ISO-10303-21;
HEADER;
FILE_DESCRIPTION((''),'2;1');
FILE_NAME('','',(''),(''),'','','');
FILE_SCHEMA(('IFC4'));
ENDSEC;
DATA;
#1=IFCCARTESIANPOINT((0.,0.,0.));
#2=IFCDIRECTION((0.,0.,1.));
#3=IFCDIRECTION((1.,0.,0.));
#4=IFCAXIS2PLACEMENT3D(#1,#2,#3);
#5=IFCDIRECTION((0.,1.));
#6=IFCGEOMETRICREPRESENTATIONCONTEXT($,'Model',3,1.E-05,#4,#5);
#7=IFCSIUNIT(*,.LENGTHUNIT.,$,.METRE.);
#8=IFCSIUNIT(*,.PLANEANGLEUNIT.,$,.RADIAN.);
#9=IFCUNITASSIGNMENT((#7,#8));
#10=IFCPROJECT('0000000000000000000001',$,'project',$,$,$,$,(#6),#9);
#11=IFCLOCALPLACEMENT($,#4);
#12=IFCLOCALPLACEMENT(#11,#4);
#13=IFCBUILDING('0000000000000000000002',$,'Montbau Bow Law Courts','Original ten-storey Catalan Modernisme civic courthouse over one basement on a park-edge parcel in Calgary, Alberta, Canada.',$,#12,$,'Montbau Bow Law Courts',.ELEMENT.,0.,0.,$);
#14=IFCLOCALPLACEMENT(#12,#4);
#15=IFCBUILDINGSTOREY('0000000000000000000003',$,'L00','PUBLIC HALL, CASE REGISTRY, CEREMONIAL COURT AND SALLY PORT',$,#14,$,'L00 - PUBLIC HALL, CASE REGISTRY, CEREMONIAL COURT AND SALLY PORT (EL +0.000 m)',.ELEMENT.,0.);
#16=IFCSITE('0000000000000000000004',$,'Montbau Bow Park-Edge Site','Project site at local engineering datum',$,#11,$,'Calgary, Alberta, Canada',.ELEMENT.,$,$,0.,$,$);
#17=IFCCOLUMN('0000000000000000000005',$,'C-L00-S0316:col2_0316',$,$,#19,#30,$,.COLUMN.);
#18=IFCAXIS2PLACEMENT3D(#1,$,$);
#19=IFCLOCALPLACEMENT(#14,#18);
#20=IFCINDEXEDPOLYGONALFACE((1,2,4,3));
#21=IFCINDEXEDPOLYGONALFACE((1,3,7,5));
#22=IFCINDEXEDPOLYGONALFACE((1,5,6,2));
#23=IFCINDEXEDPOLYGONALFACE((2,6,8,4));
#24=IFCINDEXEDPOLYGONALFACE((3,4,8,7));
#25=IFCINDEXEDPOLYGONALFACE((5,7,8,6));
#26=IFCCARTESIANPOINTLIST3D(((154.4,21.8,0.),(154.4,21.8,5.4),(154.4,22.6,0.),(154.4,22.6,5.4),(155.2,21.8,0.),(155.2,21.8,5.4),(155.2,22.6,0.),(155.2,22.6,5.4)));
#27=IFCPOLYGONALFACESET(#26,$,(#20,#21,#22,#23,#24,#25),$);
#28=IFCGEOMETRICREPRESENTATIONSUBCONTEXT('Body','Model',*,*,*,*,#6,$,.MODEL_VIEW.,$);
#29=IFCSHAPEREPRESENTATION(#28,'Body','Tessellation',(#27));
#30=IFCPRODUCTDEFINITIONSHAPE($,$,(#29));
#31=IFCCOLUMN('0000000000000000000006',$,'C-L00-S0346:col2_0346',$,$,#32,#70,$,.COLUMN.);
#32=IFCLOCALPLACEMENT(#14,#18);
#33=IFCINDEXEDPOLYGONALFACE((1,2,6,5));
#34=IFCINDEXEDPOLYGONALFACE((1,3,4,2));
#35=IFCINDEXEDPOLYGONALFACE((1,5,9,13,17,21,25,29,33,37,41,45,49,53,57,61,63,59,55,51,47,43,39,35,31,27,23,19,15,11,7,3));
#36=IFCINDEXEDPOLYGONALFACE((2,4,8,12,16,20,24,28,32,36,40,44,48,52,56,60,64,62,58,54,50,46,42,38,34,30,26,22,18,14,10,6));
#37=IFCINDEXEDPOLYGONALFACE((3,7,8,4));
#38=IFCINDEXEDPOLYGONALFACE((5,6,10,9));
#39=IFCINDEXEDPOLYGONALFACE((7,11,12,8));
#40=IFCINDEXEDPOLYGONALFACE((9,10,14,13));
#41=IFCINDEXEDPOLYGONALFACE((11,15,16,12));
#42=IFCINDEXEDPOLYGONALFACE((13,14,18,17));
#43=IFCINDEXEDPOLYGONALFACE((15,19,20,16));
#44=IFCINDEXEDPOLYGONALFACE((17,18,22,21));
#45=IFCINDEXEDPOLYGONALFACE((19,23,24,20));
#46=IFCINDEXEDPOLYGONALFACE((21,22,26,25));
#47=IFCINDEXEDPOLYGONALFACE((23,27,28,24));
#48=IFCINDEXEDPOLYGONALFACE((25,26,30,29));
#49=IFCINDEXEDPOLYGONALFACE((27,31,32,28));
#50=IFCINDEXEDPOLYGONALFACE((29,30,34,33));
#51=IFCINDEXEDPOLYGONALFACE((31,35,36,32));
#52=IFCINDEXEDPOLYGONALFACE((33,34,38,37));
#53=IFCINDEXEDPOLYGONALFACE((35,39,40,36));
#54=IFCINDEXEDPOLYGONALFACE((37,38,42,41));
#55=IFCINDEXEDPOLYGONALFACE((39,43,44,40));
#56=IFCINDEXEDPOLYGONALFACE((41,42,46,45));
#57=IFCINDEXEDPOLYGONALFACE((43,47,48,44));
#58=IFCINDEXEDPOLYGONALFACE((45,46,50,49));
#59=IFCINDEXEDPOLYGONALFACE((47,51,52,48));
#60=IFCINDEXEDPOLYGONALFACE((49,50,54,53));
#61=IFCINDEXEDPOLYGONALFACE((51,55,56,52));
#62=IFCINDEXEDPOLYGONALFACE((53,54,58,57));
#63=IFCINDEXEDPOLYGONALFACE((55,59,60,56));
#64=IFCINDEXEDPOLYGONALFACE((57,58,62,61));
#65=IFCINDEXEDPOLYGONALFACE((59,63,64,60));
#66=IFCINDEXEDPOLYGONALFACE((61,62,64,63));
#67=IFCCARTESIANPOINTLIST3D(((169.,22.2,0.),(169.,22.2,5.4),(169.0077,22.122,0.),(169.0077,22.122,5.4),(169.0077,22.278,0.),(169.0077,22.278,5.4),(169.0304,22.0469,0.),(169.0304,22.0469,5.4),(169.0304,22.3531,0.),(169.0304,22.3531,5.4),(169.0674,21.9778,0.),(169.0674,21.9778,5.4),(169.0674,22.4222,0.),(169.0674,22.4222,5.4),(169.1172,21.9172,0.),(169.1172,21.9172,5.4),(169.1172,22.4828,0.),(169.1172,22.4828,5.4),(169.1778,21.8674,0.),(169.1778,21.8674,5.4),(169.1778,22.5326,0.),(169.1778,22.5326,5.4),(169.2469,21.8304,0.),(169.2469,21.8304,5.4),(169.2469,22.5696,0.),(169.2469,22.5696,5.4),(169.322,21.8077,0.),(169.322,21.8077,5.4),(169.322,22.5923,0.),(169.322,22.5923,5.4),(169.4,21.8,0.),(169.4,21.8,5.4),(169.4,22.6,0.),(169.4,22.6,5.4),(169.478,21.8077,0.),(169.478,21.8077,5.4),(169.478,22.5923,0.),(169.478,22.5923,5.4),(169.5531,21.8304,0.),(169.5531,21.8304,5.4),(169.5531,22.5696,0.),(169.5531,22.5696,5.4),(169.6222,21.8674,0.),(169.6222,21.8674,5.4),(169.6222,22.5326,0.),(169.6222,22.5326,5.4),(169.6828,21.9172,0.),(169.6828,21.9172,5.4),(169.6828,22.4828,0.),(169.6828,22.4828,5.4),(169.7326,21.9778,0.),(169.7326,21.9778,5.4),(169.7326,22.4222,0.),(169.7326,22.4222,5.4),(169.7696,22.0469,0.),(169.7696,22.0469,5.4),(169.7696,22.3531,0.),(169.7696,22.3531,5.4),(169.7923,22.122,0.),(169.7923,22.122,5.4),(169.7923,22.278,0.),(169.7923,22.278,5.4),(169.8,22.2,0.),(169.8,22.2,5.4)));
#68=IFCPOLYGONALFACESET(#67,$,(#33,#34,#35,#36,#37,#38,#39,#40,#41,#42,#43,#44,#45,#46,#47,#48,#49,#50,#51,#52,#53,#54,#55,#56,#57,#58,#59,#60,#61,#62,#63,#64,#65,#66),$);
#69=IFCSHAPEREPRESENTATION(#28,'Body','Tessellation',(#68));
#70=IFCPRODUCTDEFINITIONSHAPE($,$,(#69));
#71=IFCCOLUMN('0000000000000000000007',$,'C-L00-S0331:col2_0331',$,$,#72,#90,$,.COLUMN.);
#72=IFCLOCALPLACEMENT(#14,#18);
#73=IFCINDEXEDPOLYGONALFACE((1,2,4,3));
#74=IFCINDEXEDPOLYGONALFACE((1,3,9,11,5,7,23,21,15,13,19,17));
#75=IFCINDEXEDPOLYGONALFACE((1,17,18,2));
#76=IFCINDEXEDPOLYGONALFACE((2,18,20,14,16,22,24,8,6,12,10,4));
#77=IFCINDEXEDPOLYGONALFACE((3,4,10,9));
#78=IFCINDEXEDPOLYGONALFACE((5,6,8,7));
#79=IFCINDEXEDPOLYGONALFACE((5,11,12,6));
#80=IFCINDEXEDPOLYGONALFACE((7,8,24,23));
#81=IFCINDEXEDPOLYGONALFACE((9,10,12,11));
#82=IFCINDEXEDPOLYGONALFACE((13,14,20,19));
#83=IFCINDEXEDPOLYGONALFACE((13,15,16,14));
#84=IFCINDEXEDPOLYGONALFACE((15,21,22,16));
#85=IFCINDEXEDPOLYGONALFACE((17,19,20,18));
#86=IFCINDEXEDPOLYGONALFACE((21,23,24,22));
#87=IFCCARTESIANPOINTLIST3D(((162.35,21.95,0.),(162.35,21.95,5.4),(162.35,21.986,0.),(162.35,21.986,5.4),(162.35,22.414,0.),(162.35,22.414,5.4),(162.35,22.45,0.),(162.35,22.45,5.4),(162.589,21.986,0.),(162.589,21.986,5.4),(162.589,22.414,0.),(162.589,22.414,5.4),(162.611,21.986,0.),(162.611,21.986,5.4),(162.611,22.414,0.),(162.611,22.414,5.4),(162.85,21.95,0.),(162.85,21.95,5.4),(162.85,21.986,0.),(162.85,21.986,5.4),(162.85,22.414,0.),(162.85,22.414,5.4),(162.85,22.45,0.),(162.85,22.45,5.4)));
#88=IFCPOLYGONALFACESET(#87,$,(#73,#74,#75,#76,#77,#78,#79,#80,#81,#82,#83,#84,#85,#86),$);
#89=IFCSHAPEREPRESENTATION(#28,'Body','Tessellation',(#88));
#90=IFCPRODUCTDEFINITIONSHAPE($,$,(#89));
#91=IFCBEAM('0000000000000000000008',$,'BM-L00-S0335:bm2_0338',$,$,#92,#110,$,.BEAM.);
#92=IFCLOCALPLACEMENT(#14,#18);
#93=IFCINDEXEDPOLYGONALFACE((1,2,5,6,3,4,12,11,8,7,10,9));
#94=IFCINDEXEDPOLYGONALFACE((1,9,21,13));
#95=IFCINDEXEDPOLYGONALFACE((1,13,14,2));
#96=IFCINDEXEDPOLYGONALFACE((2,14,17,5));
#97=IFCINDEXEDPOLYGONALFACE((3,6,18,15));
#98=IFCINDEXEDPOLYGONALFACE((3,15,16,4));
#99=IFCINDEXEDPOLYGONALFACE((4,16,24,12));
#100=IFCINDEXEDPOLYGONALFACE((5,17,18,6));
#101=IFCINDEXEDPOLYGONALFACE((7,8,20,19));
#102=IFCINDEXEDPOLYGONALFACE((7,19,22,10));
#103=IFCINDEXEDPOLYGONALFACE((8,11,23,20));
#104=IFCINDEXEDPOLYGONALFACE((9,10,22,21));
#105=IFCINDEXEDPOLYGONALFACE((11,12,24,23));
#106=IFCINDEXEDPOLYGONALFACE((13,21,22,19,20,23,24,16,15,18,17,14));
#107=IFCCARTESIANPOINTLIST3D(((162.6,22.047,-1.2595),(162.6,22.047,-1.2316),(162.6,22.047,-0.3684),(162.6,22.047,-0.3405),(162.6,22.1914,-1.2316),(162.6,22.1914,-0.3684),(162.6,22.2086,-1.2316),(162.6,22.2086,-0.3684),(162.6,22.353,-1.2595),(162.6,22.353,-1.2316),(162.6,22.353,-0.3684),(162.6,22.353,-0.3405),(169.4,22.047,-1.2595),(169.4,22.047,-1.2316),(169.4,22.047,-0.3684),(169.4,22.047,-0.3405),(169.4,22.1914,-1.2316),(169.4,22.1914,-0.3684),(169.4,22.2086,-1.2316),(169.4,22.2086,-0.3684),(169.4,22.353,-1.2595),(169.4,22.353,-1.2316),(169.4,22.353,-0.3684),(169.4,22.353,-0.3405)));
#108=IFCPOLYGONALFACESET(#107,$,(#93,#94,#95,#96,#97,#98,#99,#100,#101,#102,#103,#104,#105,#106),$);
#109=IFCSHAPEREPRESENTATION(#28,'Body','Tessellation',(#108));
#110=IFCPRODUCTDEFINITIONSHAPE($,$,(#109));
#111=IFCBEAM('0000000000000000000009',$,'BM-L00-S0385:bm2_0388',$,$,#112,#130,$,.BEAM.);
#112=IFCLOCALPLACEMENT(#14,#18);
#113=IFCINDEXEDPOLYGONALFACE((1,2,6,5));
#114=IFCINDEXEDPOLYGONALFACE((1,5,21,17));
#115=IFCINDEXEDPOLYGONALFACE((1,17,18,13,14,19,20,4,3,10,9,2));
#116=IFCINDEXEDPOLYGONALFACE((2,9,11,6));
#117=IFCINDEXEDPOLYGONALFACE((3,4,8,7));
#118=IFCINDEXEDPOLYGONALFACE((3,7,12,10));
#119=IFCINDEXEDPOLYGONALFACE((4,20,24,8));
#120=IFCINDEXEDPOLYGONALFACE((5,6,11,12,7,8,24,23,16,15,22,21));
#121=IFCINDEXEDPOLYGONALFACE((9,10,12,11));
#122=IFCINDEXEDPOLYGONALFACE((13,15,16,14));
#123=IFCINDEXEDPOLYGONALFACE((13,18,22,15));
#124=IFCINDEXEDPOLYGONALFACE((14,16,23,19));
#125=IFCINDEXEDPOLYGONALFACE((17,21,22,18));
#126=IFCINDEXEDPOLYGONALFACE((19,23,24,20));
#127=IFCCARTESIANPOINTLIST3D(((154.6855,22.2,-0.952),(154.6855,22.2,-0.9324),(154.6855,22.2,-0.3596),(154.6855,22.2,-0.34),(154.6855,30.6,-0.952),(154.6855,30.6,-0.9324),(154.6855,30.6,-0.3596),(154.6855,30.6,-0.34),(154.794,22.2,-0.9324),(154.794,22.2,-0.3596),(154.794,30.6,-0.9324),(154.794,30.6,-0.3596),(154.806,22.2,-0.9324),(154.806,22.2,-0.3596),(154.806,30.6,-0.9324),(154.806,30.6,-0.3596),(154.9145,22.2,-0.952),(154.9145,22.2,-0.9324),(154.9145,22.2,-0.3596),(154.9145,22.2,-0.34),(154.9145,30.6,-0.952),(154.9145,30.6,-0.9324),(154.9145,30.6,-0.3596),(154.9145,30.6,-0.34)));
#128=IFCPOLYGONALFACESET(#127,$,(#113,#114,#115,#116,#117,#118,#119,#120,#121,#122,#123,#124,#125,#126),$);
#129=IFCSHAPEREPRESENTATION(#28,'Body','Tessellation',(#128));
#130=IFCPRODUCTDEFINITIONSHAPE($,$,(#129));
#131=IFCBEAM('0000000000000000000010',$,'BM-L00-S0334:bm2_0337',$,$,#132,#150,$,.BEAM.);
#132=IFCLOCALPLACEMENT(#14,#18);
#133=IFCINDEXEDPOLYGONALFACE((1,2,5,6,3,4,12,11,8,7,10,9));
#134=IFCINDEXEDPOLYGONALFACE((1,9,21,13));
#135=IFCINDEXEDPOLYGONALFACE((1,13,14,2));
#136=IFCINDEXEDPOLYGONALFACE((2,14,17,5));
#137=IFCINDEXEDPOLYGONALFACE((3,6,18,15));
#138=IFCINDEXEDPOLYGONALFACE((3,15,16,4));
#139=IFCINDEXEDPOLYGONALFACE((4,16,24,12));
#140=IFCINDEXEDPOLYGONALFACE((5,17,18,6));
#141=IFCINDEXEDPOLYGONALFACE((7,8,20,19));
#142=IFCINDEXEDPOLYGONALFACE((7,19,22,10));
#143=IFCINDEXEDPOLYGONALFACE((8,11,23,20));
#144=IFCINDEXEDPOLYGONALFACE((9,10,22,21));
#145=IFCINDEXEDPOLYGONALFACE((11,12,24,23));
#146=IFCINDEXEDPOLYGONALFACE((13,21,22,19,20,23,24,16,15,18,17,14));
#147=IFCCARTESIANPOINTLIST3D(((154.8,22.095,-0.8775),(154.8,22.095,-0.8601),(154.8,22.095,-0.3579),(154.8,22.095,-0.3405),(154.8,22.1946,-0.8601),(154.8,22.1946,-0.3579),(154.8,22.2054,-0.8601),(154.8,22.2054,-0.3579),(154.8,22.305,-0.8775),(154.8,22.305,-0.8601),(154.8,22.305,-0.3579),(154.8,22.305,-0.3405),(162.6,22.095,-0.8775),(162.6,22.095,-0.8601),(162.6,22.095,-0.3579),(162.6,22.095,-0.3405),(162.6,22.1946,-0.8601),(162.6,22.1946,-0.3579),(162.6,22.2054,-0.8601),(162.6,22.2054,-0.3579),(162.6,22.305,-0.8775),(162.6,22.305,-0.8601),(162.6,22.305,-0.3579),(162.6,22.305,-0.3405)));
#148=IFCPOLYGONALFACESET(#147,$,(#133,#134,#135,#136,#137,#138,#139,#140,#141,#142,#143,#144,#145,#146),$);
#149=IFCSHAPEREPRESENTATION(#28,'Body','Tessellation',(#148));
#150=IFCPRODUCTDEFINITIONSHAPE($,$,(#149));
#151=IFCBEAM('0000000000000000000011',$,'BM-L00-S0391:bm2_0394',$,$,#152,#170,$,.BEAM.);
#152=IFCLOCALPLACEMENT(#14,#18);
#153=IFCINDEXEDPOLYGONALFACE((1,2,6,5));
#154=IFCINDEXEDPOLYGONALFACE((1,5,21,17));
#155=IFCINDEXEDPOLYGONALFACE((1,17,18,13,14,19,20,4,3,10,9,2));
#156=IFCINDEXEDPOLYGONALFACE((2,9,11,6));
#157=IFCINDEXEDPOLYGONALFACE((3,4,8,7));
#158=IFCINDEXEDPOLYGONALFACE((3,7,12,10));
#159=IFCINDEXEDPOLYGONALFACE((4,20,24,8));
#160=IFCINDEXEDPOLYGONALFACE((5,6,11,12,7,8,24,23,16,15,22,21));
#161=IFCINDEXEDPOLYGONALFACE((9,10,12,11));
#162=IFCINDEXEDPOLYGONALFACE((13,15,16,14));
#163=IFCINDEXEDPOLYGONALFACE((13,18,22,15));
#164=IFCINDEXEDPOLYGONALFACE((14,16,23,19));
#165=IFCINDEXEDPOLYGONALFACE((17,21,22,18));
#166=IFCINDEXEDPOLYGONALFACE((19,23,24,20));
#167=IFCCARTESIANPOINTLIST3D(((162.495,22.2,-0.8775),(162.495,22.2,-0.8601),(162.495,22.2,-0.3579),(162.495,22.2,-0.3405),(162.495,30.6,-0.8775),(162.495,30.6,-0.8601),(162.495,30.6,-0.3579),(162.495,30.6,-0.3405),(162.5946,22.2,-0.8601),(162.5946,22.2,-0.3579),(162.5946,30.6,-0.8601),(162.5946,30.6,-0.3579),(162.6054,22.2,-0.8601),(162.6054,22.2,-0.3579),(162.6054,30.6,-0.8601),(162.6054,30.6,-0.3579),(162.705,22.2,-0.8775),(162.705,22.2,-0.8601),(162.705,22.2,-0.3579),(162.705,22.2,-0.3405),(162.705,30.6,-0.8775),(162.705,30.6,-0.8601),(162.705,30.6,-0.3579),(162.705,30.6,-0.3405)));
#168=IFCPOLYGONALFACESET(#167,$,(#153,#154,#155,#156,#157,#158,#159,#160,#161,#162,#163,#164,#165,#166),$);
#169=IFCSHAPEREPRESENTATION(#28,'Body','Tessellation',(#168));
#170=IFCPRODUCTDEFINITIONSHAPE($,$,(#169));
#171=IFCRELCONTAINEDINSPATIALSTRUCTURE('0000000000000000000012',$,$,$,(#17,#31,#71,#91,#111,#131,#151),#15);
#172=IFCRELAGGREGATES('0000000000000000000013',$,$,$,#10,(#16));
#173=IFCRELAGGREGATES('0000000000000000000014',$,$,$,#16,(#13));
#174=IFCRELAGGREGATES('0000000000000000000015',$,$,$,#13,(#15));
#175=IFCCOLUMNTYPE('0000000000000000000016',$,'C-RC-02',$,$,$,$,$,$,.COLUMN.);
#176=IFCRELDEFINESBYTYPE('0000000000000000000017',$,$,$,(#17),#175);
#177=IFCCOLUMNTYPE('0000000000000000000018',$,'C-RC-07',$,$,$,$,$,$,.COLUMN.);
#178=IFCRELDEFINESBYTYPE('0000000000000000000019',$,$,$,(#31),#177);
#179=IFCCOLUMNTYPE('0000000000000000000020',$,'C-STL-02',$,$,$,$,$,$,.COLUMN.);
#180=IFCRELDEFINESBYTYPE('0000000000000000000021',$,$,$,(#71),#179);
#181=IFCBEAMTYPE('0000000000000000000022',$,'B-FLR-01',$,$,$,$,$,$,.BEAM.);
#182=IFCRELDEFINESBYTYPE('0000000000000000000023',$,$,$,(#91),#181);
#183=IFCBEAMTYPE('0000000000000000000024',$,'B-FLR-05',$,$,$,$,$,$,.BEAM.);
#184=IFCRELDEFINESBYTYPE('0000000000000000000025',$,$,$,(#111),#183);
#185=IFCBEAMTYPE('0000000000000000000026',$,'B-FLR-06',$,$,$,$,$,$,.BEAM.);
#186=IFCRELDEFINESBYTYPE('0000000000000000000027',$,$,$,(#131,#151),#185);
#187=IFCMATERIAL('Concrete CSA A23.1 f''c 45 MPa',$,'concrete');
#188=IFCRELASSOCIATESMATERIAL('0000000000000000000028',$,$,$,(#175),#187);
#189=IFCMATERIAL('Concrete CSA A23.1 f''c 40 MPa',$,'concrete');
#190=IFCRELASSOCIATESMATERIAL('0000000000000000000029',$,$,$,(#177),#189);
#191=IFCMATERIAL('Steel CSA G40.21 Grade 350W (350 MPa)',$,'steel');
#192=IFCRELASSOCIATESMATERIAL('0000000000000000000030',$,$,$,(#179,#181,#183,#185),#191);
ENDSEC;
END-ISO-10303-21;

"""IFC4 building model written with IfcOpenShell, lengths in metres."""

from ifc_helpers import new_model, si_unit, direction, frame, origin_with_axes, origin_2d_with_axis, place, context, subcontext, project, spatial, rectangle, circle, i_section, extrude, material, material_profile, profile_set, type_object, element, save


model = new_model("IFC4")

# Units and contexts
model_context = context("Model", 3, precision=1e-05, world=origin_with_axes(), true_north=direction((0.0, 1.0)))
body_context = subcontext(model_context, "Body", "Model", "MODEL_VIEW")
ifc_project = project(units=[si_unit("LENGTHUNIT", "METRE"), si_unit("PLANEANGLEUNIT", "RADIAN")], contexts=[model_context])

# Site, building, storey
site_placement = place(None, origin_with_axes())
site = spatial("IfcSite", under=ifc_project, at=site_placement, Name="Montbau Bow Park-Edge Site", Description="Project site at local engineering datum", LongName="Calgary, Alberta, Canada", CompositionType="ELEMENT", RefElevation=0.0)
building_placement = place(site_placement, origin_with_axes())
building = spatial("IfcBuilding", under=site, at=building_placement, Name="Montbau Bow Law Courts", Description="Original ten-storey Catalan Modernisme civic courthouse over one basement on a park-edge parcel in Calgary, Alberta, Canada.", LongName="Montbau Bow Law Courts", CompositionType="ELEMENT", ElevationOfRefHeight=0.0, ElevationOfTerrain=0.0)
storey_placement = place(building_placement, origin_with_axes())
storey = spatial("IfcBuildingStorey", under=building, at=storey_placement, Name="L00", Description="PUBLIC HALL, CASE REGISTRY, CEREMONIAL COURT AND SALLY PORT", LongName="L00 - PUBLIC HALL, CASE REGISTRY, CEREMONIAL COURT AND SALLY PORT (EL +0.000 m)", CompositionType="ELEMENT", Elevation=0.0)

# Columns
ifc_material_1 = material(Name="Concrete CSA A23.1 f'c 45 MPa", Category="concrete")
ifc_material_profile_1 = material_profile(ifc_material_1, rectangle(XDim=0.8, YDim=0.8, at=origin_2d_with_axis()), Name="RC800X800", Category="Main", Priority=0)
ifc_profile_set_1 = profile_set([ifc_material_profile_1], Name="Concrete CSA A23.1 f'c 45 MPa")
column_type_1 = type_object("IfcColumnType", Name="C-RC-02", PredefinedType="COLUMN", material=ifc_profile_set_1)
column_1_placement = place(None, frame((154.8, 22.2, 0.0), z_axis=(0.0, 0.0, 1.0), x_axis=(1.0, 0.0, 0.0)))
element("IfcColumn", 1, at=column_1_placement, inside=storey, type_object=column_type_1, Name="C-L00-S0316:col2_0316", PredefinedType="COLUMN", context=body_context, shape_type="SweptSolid", body=[
    extrude(rectangle(XDim=0.8, YDim=0.8, at=origin_2d_with_axis()), origin_with_axes(), (0.0, 0.0, 1.0), 5.4),
])
ifc_material_2 = material(Name="Concrete CSA A23.1 f'c 40 MPa", Category="concrete")
ifc_material_profile_2 = material_profile(ifc_material_2, circle(Radius=0.4, at=origin_2d_with_axis()), Name="RC800D", Category="Main", Priority=0)
ifc_profile_set_2 = profile_set([ifc_material_profile_2], Name="Concrete CSA A23.1 f'c 40 MPa")
column_type_2 = type_object("IfcColumnType", Name="C-RC-07", PredefinedType="COLUMN", material=ifc_profile_set_2)
column_2_placement = place(None, frame((169.4, 22.2, 0.0), z_axis=(0.0, 0.0, 1.0), x_axis=(1.0, 0.0, 0.0)))
element("IfcColumn", 2, at=column_2_placement, inside=storey, type_object=column_type_2, Name="C-L00-S0346:col2_0346", PredefinedType="COLUMN", context=body_context, shape_type="SweptSolid", body=[
    extrude(circle(Radius=0.4, at=origin_2d_with_axis()), origin_with_axes(), (0.0, 0.0, 1.0), 5.4),
])
ifc_material_3 = material(Name="Steel CSA G40.21 Grade 350W (350 MPa)", Category="steel")
ifc_material_profile_3 = material_profile(ifc_material_3, i_section(OverallWidth=0.5, OverallDepth=0.5, WebThickness=0.022, FlangeThickness=0.036, at=origin_2d_with_axis()), Name="WWF500X343", Category="Main", Priority=0)
ifc_profile_set_3 = profile_set([ifc_material_profile_3], Name="Steel CSA G40.21 Grade 350W (350 MPa)")
column_type_3 = type_object("IfcColumnType", Name="C-STL-02", PredefinedType="COLUMN", material=ifc_profile_set_3)
column_3_placement = place(None, frame((162.6, 22.2, 0.0), z_axis=(0.0, 0.0, 1.0), x_axis=(1.0, 0.0, 0.0)))
element("IfcColumn", 3, at=column_3_placement, inside=storey, type_object=column_type_3, Name="C-L00-S0331:col2_0331", PredefinedType="COLUMN", context=body_context, shape_type="SweptSolid", body=[
    extrude(i_section(OverallWidth=0.5, OverallDepth=0.5, WebThickness=0.022, FlangeThickness=0.036, at=origin_2d_with_axis()), origin_with_axes(), (0.0, 0.0, 1.0), 5.4),
])

# Beams
ifc_material_profile_4 = material_profile(ifc_material_3, i_section(OverallWidth=0.306, OverallDepth=0.919, WebThickness=0.0173, FlangeThickness=0.0279, at=origin_2d_with_axis()), Name="W920X253", Category="Main", Priority=0)
ifc_profile_set_4 = profile_set([ifc_material_profile_4], Name="Steel CSA G40.21 Grade 350W (350 MPa)")
beam_type_1 = type_object("IfcBeamType", Name="B-FLR-01", PredefinedType="BEAM", material=ifc_profile_set_4)
beam_1_placement = place(None, frame((162.6, 22.2, -0.8), z_axis=(1.0, 0.0, 0.0), x_axis=(0.0, 1.0, 0.0)))
element("IfcBeam", 4, at=beam_1_placement, inside=storey, type_object=beam_type_1, Name="BM-L00-S0335:bm2_0338", PredefinedType="BEAM", context=body_context, shape_type="SweptSolid", body=[
    extrude(i_section(OverallWidth=0.306, OverallDepth=0.919, WebThickness=0.0173, FlangeThickness=0.0279, at=origin_2d_with_axis()), origin_with_axes(), (0.0, 0.0, 1.0), 6.8),
])
ifc_material_profile_5 = material_profile(ifc_material_3, i_section(OverallWidth=0.229, OverallDepth=0.612, WebThickness=0.0119, FlangeThickness=0.0196, at=origin_2d_with_axis()), Name="W610X125", Category="Main", Priority=0)
ifc_profile_set_5 = profile_set([ifc_material_profile_5], Name="Steel CSA G40.21 Grade 350W (350 MPa)")
beam_type_2 = type_object("IfcBeamType", Name="B-FLR-05", PredefinedType="BEAM", material=ifc_profile_set_5)
beam_2_placement = place(None, frame((154.8, 22.2, -0.646), z_axis=(0.0, 1.0, 0.0), x_axis=(-1.0, 0.0, 0.0)))
element("IfcBeam", 5, at=beam_2_placement, inside=storey, type_object=beam_type_2, Name="BM-L00-S0385:bm2_0388", PredefinedType="BEAM", context=body_context, shape_type="SweptSolid", body=[
    extrude(i_section(OverallWidth=0.229, OverallDepth=0.612, WebThickness=0.0119, FlangeThickness=0.0196, at=origin_2d_with_axis()), origin_with_axes(), (0.0, 0.0, 1.0), 8.4),
])
ifc_material_profile_6 = material_profile(ifc_material_3, i_section(OverallWidth=0.21, OverallDepth=0.537, WebThickness=0.0109, FlangeThickness=0.0174, at=origin_2d_with_axis()), Name="W530X101", Category="Main", Priority=0)
ifc_profile_set_6 = profile_set([ifc_material_profile_6], Name="Steel CSA G40.21 Grade 350W (350 MPa)")
beam_type_3 = type_object("IfcBeamType", Name="B-FLR-06", PredefinedType="BEAM", material=ifc_profile_set_6)
beam_3_placement = place(None, frame((154.8, 22.2, -0.609), z_axis=(1.0, 0.0, 0.0), x_axis=(0.0, 1.0, 0.0)))
element("IfcBeam", 6, at=beam_3_placement, inside=storey, type_object=beam_type_3, Name="BM-L00-S0334:bm2_0337", PredefinedType="BEAM", context=body_context, shape_type="SweptSolid", body=[
    extrude(i_section(OverallWidth=0.21, OverallDepth=0.537, WebThickness=0.0109, FlangeThickness=0.0174, at=origin_2d_with_axis()), origin_with_axes(), (0.0, 0.0, 1.0), 7.8),
])
beam_4_placement = place(None, frame((162.6, 22.2, -0.609), z_axis=(0.0, 1.0, 0.0), x_axis=(-1.0, 0.0, 0.0)))
element("IfcBeam", 7, at=beam_4_placement, inside=storey, type_object=beam_type_3, Name="BM-L00-S0391:bm2_0394", PredefinedType="BEAM", context=body_context, shape_type="SweptSolid", body=[
    extrude(i_section(OverallWidth=0.21, OverallDepth=0.537, WebThickness=0.0109, FlangeThickness=0.0174, at=origin_2d_with_axis()), origin_with_axes(), (0.0, 0.0, 1.0), 8.4),
])

save(model, "model.ifc")
